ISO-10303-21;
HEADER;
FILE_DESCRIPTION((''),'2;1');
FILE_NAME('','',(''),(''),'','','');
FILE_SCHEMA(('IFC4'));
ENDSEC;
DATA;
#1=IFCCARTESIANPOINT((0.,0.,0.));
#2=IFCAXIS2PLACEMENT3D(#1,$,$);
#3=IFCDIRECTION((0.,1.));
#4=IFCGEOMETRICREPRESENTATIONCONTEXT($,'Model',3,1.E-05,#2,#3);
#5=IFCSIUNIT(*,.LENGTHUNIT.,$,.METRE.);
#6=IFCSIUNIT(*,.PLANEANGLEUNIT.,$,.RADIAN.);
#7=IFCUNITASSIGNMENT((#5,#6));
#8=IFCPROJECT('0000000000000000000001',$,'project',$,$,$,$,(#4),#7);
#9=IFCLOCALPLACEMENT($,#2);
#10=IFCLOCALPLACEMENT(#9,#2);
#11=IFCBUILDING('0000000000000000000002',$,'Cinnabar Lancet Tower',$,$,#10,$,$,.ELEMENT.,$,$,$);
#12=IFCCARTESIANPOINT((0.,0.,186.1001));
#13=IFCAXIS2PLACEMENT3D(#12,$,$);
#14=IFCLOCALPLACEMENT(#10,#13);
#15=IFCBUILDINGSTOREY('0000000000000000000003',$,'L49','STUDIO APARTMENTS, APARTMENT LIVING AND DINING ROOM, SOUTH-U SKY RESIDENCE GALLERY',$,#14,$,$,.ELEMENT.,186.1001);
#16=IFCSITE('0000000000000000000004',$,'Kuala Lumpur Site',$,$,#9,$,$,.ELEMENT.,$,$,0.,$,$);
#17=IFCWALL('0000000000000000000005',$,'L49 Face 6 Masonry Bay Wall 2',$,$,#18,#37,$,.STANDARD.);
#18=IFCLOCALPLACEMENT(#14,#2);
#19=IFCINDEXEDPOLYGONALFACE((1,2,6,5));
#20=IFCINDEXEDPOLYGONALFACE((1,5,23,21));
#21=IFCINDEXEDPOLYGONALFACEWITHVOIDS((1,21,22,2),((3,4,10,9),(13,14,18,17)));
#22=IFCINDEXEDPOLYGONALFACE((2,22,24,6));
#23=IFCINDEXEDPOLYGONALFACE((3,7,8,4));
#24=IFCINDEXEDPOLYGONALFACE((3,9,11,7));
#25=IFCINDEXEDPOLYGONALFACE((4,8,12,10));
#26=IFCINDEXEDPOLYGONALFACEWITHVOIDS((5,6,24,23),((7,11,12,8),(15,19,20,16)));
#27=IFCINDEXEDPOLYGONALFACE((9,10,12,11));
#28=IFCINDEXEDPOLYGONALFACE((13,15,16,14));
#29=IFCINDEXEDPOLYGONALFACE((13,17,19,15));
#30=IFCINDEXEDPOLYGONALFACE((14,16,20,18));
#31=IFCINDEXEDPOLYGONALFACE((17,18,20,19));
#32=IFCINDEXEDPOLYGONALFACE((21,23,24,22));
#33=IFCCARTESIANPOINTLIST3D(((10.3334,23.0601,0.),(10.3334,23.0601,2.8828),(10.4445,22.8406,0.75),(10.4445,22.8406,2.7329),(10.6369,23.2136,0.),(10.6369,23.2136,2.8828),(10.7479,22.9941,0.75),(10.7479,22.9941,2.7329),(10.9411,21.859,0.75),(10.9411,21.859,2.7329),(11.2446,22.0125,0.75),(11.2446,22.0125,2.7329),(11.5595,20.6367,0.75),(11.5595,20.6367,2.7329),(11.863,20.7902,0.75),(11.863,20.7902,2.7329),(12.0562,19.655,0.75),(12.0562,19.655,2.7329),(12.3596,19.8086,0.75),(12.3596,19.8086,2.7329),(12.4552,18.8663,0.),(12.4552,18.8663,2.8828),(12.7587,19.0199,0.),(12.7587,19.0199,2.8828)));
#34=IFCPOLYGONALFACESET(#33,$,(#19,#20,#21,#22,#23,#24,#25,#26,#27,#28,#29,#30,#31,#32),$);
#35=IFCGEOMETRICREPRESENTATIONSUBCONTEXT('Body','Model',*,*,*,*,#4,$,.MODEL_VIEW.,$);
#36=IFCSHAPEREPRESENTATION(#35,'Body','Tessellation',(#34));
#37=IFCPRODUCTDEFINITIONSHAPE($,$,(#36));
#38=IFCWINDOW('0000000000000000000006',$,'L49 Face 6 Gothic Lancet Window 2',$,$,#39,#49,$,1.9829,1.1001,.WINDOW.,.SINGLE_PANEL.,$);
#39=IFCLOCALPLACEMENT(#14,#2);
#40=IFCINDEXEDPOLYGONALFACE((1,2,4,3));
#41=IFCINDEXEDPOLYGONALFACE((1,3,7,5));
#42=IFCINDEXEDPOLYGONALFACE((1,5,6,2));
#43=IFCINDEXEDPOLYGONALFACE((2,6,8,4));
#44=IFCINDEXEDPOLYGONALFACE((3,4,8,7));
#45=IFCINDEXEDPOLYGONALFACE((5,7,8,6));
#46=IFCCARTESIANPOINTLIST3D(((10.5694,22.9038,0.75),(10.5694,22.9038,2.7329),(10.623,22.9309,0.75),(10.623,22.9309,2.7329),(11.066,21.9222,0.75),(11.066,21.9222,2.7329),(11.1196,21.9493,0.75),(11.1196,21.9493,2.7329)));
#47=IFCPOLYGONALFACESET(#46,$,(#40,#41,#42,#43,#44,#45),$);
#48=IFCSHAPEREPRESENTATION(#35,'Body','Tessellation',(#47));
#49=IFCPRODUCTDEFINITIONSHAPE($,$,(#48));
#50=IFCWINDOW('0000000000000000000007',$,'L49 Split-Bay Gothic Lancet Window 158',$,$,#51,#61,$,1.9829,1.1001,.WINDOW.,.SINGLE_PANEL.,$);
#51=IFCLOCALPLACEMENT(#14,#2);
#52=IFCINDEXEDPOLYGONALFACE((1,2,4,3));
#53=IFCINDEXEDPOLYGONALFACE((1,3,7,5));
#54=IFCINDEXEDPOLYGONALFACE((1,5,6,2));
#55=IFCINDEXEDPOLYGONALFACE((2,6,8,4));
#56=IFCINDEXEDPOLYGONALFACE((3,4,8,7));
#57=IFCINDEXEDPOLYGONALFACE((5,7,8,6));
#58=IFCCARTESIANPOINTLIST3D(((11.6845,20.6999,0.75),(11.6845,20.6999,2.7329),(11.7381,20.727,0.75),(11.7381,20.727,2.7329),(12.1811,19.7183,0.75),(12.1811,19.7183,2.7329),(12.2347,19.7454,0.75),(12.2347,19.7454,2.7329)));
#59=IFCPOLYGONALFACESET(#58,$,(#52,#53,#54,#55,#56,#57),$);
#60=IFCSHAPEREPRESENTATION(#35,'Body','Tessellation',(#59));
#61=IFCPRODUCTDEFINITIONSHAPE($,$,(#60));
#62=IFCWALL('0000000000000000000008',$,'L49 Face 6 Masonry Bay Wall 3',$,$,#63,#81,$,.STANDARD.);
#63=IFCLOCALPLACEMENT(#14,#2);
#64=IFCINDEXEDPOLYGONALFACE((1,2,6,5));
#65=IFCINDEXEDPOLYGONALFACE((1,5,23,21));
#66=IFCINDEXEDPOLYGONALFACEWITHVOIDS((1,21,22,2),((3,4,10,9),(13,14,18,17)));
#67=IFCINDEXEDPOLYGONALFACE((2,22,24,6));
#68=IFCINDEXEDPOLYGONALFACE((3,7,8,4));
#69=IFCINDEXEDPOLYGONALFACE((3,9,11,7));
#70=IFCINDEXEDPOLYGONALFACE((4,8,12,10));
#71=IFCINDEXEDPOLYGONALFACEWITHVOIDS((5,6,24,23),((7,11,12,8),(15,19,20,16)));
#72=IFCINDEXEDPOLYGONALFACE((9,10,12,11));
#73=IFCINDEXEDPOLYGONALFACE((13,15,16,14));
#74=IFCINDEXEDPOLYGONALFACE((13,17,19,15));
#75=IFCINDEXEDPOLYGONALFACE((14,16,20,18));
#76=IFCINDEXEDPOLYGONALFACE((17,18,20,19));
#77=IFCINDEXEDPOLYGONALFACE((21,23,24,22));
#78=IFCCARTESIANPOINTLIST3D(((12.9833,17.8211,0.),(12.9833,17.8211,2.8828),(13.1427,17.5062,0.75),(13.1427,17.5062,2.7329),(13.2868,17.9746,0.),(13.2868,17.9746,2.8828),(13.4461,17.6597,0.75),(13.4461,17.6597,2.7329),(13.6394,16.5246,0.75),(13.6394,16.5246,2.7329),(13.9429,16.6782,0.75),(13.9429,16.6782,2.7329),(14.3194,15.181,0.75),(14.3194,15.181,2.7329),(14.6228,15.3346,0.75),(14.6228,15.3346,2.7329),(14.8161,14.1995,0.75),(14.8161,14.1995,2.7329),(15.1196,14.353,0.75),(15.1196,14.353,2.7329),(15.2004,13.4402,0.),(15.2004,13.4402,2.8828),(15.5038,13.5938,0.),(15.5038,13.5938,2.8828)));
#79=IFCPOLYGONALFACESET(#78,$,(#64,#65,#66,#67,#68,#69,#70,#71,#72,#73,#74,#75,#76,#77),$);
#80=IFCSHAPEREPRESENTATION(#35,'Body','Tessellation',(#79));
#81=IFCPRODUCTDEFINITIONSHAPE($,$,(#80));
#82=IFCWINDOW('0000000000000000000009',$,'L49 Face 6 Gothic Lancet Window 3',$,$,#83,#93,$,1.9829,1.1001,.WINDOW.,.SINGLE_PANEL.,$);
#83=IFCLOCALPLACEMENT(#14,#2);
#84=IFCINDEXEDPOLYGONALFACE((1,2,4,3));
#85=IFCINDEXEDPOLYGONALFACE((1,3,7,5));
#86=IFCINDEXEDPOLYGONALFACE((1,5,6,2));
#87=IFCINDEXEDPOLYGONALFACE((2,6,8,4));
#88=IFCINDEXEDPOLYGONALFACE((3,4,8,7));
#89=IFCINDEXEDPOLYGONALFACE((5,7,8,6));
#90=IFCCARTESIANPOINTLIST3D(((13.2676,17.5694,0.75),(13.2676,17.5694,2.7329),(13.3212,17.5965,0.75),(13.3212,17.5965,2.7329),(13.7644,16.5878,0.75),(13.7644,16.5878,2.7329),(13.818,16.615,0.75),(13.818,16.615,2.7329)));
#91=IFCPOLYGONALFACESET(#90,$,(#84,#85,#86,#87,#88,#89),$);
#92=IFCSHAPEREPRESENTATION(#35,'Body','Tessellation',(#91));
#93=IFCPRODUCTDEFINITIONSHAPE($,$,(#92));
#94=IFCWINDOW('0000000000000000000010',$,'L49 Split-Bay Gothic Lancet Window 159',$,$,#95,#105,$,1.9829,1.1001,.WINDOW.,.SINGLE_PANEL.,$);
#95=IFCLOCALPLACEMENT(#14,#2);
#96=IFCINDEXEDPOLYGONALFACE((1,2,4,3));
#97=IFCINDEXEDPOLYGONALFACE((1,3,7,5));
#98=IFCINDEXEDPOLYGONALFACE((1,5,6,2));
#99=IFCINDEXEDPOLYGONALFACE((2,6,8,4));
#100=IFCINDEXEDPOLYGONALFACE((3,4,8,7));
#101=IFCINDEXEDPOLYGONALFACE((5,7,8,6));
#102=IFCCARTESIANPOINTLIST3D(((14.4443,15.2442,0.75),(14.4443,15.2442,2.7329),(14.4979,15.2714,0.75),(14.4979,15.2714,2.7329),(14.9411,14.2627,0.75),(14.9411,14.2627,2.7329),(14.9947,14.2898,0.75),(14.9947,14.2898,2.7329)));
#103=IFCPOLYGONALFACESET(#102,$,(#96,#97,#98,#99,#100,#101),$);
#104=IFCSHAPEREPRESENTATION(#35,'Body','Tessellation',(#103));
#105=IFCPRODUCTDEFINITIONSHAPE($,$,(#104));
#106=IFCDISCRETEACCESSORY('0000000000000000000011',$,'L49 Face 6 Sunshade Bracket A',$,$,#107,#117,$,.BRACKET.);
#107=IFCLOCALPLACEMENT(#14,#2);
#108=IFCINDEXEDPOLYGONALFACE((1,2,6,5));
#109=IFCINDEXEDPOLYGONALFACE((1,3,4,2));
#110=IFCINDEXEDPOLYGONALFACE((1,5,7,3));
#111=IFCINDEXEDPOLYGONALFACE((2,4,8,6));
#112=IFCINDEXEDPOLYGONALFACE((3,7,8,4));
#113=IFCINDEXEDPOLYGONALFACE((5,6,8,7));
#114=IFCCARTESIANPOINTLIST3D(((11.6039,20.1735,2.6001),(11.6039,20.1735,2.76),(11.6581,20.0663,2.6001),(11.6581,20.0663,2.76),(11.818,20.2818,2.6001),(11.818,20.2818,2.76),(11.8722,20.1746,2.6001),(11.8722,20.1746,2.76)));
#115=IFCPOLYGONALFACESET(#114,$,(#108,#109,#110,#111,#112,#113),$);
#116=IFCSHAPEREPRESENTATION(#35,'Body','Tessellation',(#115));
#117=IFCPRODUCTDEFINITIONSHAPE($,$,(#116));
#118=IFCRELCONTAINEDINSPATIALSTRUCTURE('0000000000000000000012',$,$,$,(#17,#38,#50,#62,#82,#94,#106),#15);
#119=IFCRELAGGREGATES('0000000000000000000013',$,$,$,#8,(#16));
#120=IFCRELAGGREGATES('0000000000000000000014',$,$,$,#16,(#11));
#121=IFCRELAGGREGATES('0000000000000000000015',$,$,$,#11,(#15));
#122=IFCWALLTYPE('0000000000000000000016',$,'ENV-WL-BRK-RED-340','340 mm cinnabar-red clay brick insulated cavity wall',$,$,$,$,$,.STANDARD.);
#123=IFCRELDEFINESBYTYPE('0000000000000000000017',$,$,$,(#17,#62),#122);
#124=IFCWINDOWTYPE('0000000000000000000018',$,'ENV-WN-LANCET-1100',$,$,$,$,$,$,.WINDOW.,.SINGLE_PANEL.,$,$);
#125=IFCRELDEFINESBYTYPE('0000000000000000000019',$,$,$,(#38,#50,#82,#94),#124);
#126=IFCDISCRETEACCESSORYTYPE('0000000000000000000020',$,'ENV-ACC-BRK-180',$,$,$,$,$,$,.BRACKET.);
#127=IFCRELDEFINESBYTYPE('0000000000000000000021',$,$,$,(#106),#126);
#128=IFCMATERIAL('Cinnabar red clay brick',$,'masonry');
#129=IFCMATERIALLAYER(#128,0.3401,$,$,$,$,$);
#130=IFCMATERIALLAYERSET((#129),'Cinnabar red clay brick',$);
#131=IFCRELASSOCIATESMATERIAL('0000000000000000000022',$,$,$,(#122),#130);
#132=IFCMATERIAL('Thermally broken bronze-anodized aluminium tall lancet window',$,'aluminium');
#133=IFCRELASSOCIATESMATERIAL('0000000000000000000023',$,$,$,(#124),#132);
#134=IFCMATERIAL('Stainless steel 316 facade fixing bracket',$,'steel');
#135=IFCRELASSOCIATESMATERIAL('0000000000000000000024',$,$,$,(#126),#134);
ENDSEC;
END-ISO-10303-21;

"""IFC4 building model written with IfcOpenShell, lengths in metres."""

from ifc_helpers import new_model, si_unit, direction, frame, frame_2d, origin, origin_2d, place, context, subcontext, project, spatial, rectangle, extrude, material, layer, layer_set, type_object, element, fill, save


model = new_model("IFC4")

# Units and contexts
model_context = context("Model", 3, precision=1e-05, world=origin(), true_north=direction((0.0, 1.0)))
body_context = subcontext(model_context, "Body", "Model", "MODEL_VIEW")
ifc_project = project(units=[si_unit("LENGTHUNIT", "METRE"), si_unit("PLANEANGLEUNIT", "RADIAN")], contexts=[model_context])

# Site, building, storey
site_placement = place(None, origin())
site = spatial("IfcSite", under=ifc_project, at=site_placement, Name="Kuala Lumpur Site", CompositionType="ELEMENT", RefElevation=0.0)
building_placement = place(site_placement, origin())
building = spatial("IfcBuilding", under=site, at=building_placement, Name="Cinnabar Lancet Tower", CompositionType="ELEMENT")
storey_placement = place(building_placement, frame((0.0, 0.0, 186.1001)))
storey = spatial("IfcBuildingStorey", under=building, at=storey_placement, Name="L49", Description="STUDIO APARTMENTS, APARTMENT LIVING AND DINING ROOM, SOUTH-U SKY RESIDENCE GALLERY", CompositionType="ELEMENT", Elevation=186.1001)

# Shared definitions
ifc_material_1 = material(Name="Cinnabar red clay brick", Category="masonry")
ifc_layer_1 = layer(ifc_material_1, 0.3401)
ifc_layer_set_1 = layer_set([ifc_layer_1], Name="Cinnabar red clay brick")
wall_type_1 = type_object("IfcWallType", Name="ENV-WL-BRK-RED-340", Description="340 mm cinnabar-red clay brick insulated cavity wall", PredefinedType="STANDARD", material=ifc_layer_set_1)

# Walls, openings, windows
wall_1_placement = place(storey_placement, frame((10.4851, 23.137, 0.0), z_axis=(0.0, 0.0, 1.0), x_axis=(0.451447, -0.892298, 0.0)))
wall_1 = element("IfcWall", 1, at=wall_1_placement, inside=storey, type_object=wall_type_1, Name="L49 Face 6 Masonry Bay Wall 2", PredefinedType="STANDARD", context=body_context, shape_type="SweptSolid", body=[
    extrude(rectangle(XDim=4.7, YDim=0.3401, at=frame_2d((2.3501, 0.0))), origin(), (0.0, 0.0, 1.0), 2.8828),
])
opening_1_placement = place(wall_1_placement, frame((0.2461, 0.0, 0.75)))
opening_1 = element("IfcOpeningElement", 2, at=opening_1_placement, cuts=wall_1, PredefinedType="OPENING", context=body_context, shape_type="SweptSolid", body=[
    extrude(rectangle(XDim=1.1001, YDim=1.9829, at=frame_2d((0.55, 0.9915))), frame((0.0, 0.1799, 0.0), z_axis=(0.0, -1.0, 0.0), x_axis=(1.0, 0.0, 0.0)), (0.0, 0.0, 1.0), 0.3601),
])
opening_2_placement = place(wall_1_placement, frame((2.7161, 0.0, 0.75)))
opening_2 = element("IfcOpeningElement", 3, at=opening_2_placement, cuts=wall_1, PredefinedType="OPENING", context=body_context, shape_type="SweptSolid", body=[
    extrude(rectangle(XDim=1.1001, YDim=1.9829, at=frame_2d((0.55, 0.9915))), frame((0.0, 0.1799, 0.0), z_axis=(0.0, -1.0, 0.0), x_axis=(1.0, 0.0, 0.0)), (0.0, 0.0, 1.0), 0.3601),
])
ifc_material_2 = material(Name="Thermally broken bronze-anodized aluminium tall lancet window", Category="aluminium")
window_type = type_object("IfcWindowType", Name="ENV-WN-LANCET-1100", PartitioningType="SINGLE_PANEL", PredefinedType="WINDOW", material=ifc_material_2)
window_1_placement = place(opening_1_placement, origin())
window_1 = element("IfcWindow", 4, at=window_1_placement, inside=storey, type_object=window_type, Name="L49 Face 6 Gothic Lancet Window 2", OverallHeight=1.9829, OverallWidth=1.1001, PartitioningType="SINGLE_PANEL", PredefinedType="WINDOW", context=body_context, shape_type="SweptSolid", body=[
    extrude(rectangle(XDim=1.1001, YDim=1.9829, at=frame_2d((0.55, 0.9915))), frame((0.0, 0.03, 0.0), z_axis=(0.0, -1.0, 0.0), x_axis=(1.0, 0.0, 0.0)), (0.0, 0.0, 1.0), 0.0601),
])
fill(opening_1, window_1)
window_2_placement = place(opening_2_placement, origin())
window_2 = element("IfcWindow", 5, at=window_2_placement, inside=storey, type_object=window_type, Name="L49 Split-Bay Gothic Lancet Window 158", OverallHeight=1.9829, OverallWidth=1.1001, PartitioningType="SINGLE_PANEL", PredefinedType="WINDOW", context=body_context, shape_type="SweptSolid", body=[
    extrude(rectangle(XDim=1.1001, YDim=1.9829, at=frame_2d((0.55, 0.9915))), frame((0.0, 0.03, 0.0), z_axis=(0.0, -1.0, 0.0), x_axis=(1.0, 0.0, 0.0)), (0.0, 0.0, 1.0), 0.0601),
])
fill(opening_2, window_2)
wall_2_placement = place(storey_placement, frame((13.135, 17.8979, 0.0), z_axis=(0.0, 0.0, 1.0), x_axis=(0.451544, -0.892249, 0.0)))
wall_2 = element("IfcWall", 6, at=wall_2_placement, inside=storey, type_object=wall_type_1, Name="L49 Face 6 Masonry Bay Wall 3", PredefinedType="STANDARD", context=body_context, shape_type="SweptSolid", body=[
    extrude(rectangle(XDim=4.9099, YDim=0.3401, at=frame_2d((2.4551, 0.0))), origin(), (0.0, 0.0, 1.0), 2.8828),
])
opening_3_placement = place(wall_2_placement, frame((0.353, 0.0, 0.75)))
opening_3 = element("IfcOpeningElement", 7, at=opening_3_placement, cuts=wall_2, PredefinedType="OPENING", context=body_context, shape_type="SweptSolid", body=[
    extrude(rectangle(XDim=1.1001, YDim=1.9829, at=frame_2d((0.55, 0.9915))), frame((0.0, 0.1799, 0.0), z_axis=(0.0, -1.0, 0.0), x_axis=(1.0, 0.0, 0.0)), (0.0, 0.0, 1.0), 0.3601),
])
opening_4_placement = place(wall_2_placement, frame((2.959, 0.0, 0.75)))
opening_4 = element("IfcOpeningElement", 8, at=opening_4_placement, cuts=wall_2, PredefinedType="OPENING", context=body_context, shape_type="SweptSolid", body=[
    extrude(rectangle(XDim=1.1001, YDim=1.9829, at=frame_2d((0.55, 0.9915))), frame((0.0, 0.1799, 0.0), z_axis=(0.0, -1.0, 0.0), x_axis=(1.0, 0.0, 0.0)), (0.0, 0.0, 1.0), 0.3601),
])
window_3_placement = place(opening_3_placement, origin())
window_3 = element("IfcWindow", 9, at=window_3_placement, inside=storey, type_object=window_type, Name="L49 Face 6 Gothic Lancet Window 3", OverallHeight=1.9829, OverallWidth=1.1001, PartitioningType="SINGLE_PANEL", PredefinedType="WINDOW", context=body_context, shape_type="SweptSolid", body=[
    extrude(rectangle(XDim=1.1001, YDim=1.9829, at=frame_2d((0.55, 0.9915))), frame((0.0, 0.03, 0.0), z_axis=(0.0, -1.0, 0.0), x_axis=(1.0, 0.0, 0.0)), (0.0, 0.0, 1.0), 0.0601),
])
fill(opening_3, window_3)
window_4_placement = place(opening_4_placement, origin())
window_4 = element("IfcWindow", 10, at=window_4_placement, inside=storey, type_object=window_type, Name="L49 Split-Bay Gothic Lancet Window 159", OverallHeight=1.9829, OverallWidth=1.1001, PartitioningType="SINGLE_PANEL", PredefinedType="WINDOW", context=body_context, shape_type="SweptSolid", body=[
    extrude(rectangle(XDim=1.1001, YDim=1.9829, at=frame_2d((0.55, 0.9915))), frame((0.0, 0.03, 0.0), z_axis=(0.0, -1.0, 0.0), x_axis=(1.0, 0.0, 0.0)), (0.0, 0.0, 1.0), 0.0601),
])
fill(opening_4, window_4)

# Discrete accessory
ifc_material_3 = material(Name="Stainless steel 316 facade fixing bracket", Category="steel")
discrete_accessory_type = type_object("IfcDiscreteAccessoryType", Name="ENV-ACC-BRK-180", PredefinedType="BRACKET", material=ifc_material_3)
discrete_accessory_placement = place(storey_placement, frame((11.738, 20.1741, 2.6001), z_axis=(0.0, 0.0, 1.0), x_axis=(0.451407, -0.892318, 0.0)))
element("IfcDiscreteAccessory", 11, at=discrete_accessory_placement, inside=storey, type_object=discrete_accessory_type, Name="L49 Face 6 Sunshade Bracket A", PredefinedType="BRACKET", context=body_context, shape_type="SweptSolid", body=[
    extrude(rectangle(XDim=0.1201, YDim=0.24, at=origin_2d()), origin(), (0.0, 0.0, 1.0), 0.1599),
])

save(model, "model.ifc")
